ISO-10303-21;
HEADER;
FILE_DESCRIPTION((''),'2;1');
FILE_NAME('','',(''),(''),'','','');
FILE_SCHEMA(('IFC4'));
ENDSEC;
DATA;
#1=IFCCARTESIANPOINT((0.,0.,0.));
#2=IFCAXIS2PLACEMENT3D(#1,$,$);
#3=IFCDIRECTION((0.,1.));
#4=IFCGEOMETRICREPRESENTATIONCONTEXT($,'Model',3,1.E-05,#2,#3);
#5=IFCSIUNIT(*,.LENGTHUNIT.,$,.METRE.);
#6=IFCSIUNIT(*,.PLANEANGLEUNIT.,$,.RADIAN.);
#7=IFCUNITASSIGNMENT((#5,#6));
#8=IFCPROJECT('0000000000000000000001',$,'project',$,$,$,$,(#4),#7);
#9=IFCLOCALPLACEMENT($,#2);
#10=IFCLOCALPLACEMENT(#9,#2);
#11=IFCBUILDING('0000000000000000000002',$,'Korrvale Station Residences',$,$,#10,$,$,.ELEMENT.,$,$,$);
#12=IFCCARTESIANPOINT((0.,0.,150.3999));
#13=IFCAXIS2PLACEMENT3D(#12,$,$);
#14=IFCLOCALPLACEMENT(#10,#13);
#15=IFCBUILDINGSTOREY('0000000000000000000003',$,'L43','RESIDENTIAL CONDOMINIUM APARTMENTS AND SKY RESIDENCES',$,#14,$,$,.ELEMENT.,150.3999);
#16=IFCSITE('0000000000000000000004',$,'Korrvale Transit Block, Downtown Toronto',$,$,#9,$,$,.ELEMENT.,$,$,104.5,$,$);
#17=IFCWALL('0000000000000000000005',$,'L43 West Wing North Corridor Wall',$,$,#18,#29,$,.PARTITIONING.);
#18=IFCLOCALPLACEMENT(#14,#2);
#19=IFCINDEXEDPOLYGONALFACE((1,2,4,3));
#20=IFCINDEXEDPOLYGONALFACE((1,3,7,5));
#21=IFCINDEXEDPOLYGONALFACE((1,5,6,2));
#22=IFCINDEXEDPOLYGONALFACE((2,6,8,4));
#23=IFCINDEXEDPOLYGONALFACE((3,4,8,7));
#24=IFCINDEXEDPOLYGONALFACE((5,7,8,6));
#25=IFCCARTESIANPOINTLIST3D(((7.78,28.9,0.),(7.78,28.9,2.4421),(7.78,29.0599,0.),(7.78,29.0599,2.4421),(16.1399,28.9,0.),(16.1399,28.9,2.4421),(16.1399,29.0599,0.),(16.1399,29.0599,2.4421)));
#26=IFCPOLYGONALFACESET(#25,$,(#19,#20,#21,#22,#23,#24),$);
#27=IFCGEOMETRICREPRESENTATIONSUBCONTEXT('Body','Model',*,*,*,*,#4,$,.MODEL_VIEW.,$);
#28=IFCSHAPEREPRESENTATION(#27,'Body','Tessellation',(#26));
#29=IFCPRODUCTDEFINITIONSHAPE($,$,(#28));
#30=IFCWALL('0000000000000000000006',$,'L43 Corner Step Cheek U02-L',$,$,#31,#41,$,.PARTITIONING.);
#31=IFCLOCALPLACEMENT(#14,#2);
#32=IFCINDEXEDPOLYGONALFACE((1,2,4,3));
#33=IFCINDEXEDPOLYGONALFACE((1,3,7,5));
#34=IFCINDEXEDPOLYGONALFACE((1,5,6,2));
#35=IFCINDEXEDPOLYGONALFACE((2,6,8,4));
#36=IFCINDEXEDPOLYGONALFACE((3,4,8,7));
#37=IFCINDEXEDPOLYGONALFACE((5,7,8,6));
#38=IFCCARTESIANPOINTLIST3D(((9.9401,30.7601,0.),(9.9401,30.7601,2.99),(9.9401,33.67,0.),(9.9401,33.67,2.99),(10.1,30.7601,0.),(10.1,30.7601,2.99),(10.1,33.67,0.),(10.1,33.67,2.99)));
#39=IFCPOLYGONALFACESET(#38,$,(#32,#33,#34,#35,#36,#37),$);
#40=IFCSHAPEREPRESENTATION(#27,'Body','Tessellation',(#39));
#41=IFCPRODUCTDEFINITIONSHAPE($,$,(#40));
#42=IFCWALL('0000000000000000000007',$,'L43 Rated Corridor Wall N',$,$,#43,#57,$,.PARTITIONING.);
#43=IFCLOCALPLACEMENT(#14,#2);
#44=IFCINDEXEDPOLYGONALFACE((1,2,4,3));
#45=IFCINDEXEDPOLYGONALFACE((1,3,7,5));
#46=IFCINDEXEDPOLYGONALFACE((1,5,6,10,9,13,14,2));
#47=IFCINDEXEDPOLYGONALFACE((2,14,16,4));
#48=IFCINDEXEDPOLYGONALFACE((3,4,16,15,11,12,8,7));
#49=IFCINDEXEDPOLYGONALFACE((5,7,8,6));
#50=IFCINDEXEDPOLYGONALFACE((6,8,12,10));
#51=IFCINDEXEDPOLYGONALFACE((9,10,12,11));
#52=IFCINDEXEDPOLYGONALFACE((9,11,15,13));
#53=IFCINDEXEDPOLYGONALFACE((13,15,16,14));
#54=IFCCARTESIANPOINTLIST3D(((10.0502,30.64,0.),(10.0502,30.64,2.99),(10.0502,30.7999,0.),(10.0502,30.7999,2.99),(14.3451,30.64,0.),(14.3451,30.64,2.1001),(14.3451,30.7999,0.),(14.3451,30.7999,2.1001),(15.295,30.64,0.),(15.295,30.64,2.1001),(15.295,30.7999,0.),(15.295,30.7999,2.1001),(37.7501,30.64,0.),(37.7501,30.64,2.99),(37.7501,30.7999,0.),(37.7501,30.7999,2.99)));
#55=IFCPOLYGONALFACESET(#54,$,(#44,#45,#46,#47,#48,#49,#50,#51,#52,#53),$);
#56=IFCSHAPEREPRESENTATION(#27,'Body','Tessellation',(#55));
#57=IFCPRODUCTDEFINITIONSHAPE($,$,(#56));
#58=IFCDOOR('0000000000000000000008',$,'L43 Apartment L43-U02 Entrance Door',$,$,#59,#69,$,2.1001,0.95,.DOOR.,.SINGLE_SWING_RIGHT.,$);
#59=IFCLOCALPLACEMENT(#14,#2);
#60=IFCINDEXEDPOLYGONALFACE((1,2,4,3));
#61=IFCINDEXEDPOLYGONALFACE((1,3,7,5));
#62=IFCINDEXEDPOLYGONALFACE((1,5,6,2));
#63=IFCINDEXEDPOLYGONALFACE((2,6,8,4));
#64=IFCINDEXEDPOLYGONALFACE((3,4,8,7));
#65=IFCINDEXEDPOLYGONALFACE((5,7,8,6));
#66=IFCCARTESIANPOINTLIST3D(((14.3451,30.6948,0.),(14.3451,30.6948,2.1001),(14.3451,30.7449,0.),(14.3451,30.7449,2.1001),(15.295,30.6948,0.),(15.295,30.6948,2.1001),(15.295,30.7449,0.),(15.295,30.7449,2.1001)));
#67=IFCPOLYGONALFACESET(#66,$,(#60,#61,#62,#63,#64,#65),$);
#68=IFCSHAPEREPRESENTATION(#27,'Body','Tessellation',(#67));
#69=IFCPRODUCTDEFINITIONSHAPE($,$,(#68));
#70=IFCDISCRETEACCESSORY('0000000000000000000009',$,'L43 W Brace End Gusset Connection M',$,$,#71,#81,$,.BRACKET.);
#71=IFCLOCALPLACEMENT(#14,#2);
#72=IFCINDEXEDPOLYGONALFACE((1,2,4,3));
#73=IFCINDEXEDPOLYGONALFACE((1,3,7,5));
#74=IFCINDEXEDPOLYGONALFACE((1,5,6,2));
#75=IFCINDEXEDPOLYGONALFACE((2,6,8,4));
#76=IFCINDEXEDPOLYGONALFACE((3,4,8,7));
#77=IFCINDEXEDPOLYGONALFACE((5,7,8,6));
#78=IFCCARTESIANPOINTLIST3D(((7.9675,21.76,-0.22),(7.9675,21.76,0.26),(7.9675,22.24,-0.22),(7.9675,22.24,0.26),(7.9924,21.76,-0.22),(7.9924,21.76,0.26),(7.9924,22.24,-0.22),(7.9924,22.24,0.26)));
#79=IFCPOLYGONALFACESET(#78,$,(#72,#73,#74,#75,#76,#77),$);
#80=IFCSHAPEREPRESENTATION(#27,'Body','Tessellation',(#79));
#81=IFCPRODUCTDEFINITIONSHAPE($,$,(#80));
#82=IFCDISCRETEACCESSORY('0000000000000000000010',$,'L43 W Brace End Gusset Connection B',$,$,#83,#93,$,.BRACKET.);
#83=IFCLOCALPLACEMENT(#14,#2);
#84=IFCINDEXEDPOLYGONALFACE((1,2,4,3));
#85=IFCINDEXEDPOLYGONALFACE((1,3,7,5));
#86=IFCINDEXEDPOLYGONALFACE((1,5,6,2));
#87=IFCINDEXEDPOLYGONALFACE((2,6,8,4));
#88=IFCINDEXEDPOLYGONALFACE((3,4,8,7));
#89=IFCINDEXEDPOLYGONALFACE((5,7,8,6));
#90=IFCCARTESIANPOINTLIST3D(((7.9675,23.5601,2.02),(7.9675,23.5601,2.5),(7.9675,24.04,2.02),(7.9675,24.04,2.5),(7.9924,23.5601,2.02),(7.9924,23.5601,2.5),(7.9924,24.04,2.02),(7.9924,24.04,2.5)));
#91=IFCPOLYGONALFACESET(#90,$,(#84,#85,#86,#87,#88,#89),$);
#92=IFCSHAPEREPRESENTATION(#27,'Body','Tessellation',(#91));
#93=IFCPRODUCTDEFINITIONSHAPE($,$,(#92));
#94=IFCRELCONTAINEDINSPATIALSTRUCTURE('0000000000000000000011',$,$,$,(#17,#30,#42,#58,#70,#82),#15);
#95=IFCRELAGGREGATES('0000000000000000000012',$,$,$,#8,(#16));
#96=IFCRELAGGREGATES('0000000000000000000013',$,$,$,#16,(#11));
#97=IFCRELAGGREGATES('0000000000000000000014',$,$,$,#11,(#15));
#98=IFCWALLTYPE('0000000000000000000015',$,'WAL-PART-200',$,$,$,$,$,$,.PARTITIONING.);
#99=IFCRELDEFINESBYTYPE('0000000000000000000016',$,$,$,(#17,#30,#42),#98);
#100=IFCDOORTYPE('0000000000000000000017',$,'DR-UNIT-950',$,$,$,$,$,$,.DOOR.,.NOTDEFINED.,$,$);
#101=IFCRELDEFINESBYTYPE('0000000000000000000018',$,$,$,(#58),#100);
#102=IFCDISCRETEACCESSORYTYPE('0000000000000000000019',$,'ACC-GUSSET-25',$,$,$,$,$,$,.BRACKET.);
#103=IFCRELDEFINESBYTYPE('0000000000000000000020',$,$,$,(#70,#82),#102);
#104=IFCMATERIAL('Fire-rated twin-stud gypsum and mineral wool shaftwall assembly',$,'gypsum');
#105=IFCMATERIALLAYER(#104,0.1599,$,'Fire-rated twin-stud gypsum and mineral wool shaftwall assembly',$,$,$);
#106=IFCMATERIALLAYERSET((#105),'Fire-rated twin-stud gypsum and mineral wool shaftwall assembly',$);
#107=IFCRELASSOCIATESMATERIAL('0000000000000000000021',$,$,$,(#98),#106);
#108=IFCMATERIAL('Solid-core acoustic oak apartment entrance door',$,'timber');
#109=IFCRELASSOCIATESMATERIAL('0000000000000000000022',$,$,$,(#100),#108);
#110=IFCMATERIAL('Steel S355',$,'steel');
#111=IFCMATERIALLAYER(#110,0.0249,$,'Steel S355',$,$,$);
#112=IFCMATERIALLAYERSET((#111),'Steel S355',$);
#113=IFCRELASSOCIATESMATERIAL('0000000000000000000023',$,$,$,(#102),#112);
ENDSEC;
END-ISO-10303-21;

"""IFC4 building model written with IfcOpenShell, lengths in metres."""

from ifc_helpers import new_model, si_unit, direction, frame, frame_2d, origin, origin_2d, place, context, subcontext, project, spatial, rectangle, extrude, material, layer, layer_set, type_object, element, fill, save


model = new_model("IFC4")

# Units and contexts
model_context = context("Model", 3, precision=1e-05, world=origin(), true_north=direction((0.0, 1.0)))
body_context = subcontext(model_context, "Body", "Model", "MODEL_VIEW")
ifc_project = project(units=[si_unit("LENGTHUNIT", "METRE"), si_unit("PLANEANGLEUNIT", "RADIAN")], contexts=[model_context])

# Site, building, storey
site_placement = place(None, origin())
site = spatial("IfcSite", under=ifc_project, at=site_placement, Name="Korrvale Transit Block, Downtown Toronto", CompositionType="ELEMENT", RefElevation=104.5)
building_placement = place(site_placement, origin())
building = spatial("IfcBuilding", under=site, at=building_placement, Name="Korrvale Station Residences", CompositionType="ELEMENT")
storey_placement = place(building_placement, frame((0.0, 0.0, 150.3999)))
storey = spatial("IfcBuildingStorey", under=building, at=storey_placement, Name="L43", Description="RESIDENTIAL CONDOMINIUM APARTMENTS AND SKY RESIDENCES", CompositionType="ELEMENT", Elevation=150.3999)

# Shared definitions
ifc_material_1 = material(Name="Steel S355", Category="steel")

# Walls
ifc_material_2 = material(Name="Fire-rated twin-stud gypsum and mineral wool shaftwall assembly", Category="gypsum")
ifc_layer_1 = layer(ifc_material_2, 0.1599, Name="Fire-rated twin-stud gypsum and mineral wool shaftwall assembly")
ifc_layer_set_1 = layer_set([ifc_layer_1], Name="Fire-rated twin-stud gypsum and mineral wool shaftwall assembly")
wall_type_1 = type_object("IfcWallType", Name="WAL-PART-200", PredefinedType="PARTITIONING", material=ifc_layer_set_1)
wall_1_placement = place(storey_placement, frame((7.78, 28.98, 0.0), z_axis=(0.0, 0.0, 1.0), x_axis=(1.0, 0.0, 0.0)))
element("IfcWall", 1, at=wall_1_placement, inside=storey, type_object=wall_type_1, Name="L43 West Wing North Corridor Wall", PredefinedType="PARTITIONING", context=body_context, shape_type="SweptSolid", body=[
    extrude(rectangle(XDim=8.3599, YDim=0.1599, at=frame_2d((4.1799, 0.0))), origin(), (0.0, 0.0, 1.0), 2.4421),
])
wall_2_placement = place(storey_placement, frame((10.02, 30.76, 0.0), z_axis=(0.0, 0.0, 1.0), x_axis=(0.0, 1.0, 0.0)))
element("IfcWall", 2, at=wall_2_placement, inside=storey, type_object=wall_type_1, Name="L43 Corner Step Cheek U02-L", PredefinedType="PARTITIONING", context=body_context, shape_type="SweptSolid", body=[
    extrude(rectangle(XDim=2.9099, YDim=0.1599, at=frame_2d((1.4551, 0.0))), origin(), (0.0, 0.0, 1.0), 2.99),
])

# Wall, opening, door
wall_3_placement = place(storey_placement, frame((10.05, 30.72, 0.0), z_axis=(0.0, 0.0, 1.0), x_axis=(1.0, 0.0, 0.0)))
wall_3 = element("IfcWall", 3, at=wall_3_placement, inside=storey, type_object=wall_type_1, Name="L43 Rated Corridor Wall N", PredefinedType="PARTITIONING", context=body_context, shape_type="SweptSolid", body=[
    extrude(rectangle(XDim=27.7, YDim=0.1599, at=frame_2d((13.8501, 0.0))), origin(), (0.0, 0.0, 1.0), 2.99),
])
opening_1_placement = place(wall_3_placement, frame((4.2949, 0.0, 0.0)))
opening_1 = element("IfcOpeningElement", 4, at=opening_1_placement, cuts=wall_3, PredefinedType="OPENING", context=body_context, shape_type="SweptSolid", body=[
    extrude(rectangle(XDim=0.95, YDim=2.1001, at=frame_2d((0.4751, 1.05))), frame((0.0, 0.0898, 0.0), z_axis=(0.0, -1.0, 0.0), x_axis=(1.0, 0.0, 0.0)), (0.0, 0.0, 1.0), 0.1799),
])
ifc_material_3 = material(Name="Solid-core acoustic oak apartment entrance door", Category="timber")
door_type_1 = type_object("IfcDoorType", Name="DR-UNIT-950", OperationType="NOTDEFINED", PredefinedType="DOOR", material=ifc_material_3)
door_1_placement = place(opening_1_placement, origin())
door_1 = element("IfcDoor", 5, at=door_1_placement, inside=storey, type_object=door_type_1, Name="L43 Apartment L43-U02 Entrance Door", OperationType="SINGLE_SWING_RIGHT", OverallHeight=2.1001, OverallWidth=0.95, PredefinedType="DOOR", context=body_context, shape_type="SweptSolid", body=[
    extrude(rectangle(XDim=0.95, YDim=2.1001, at=frame_2d((0.4751, 1.05))), frame((0.0, 0.0249, 0.0), z_axis=(0.0, -1.0, 0.0), x_axis=(1.0, 0.0, 0.0)), (0.0, 0.0, 1.0), 0.05),
])
fill(opening_1, door_1)

# Discrete accessories
ifc_layer_2 = layer(ifc_material_1, 0.0249, Name="Steel S355")
ifc_layer_set_2 = layer_set([ifc_layer_2], Name="Steel S355")
discrete_accessory_type = type_object("IfcDiscreteAccessoryType", Name="ACC-GUSSET-25", PredefinedType="BRACKET", material=ifc_layer_set_2)
for number, where, z_axis, x_axis, name in (
    (6, (7.98, 22.0, -0.22), (0.0, 0.0, 1.0), (0.0, 1.0, 0.0), "L43 W Brace End Gusset Connection M"),
    (7, (7.98, 23.8, 2.02), (0.0, 0.0, 1.0), (0.0, 1.0, 0.0), "L43 W Brace End Gusset Connection B"),
):
    element("IfcDiscreteAccessory", number, at=place(storey_placement, frame(where, z_axis=z_axis, x_axis=x_axis)), inside=storey, type_object=discrete_accessory_type, Name=name, PredefinedType="BRACKET", context=body_context, shape_type="SweptSolid", body=[
        extrude(rectangle(XDim=0.48, YDim=0.0249, at=origin_2d()), origin(), (0.0, 0.0, 1.0), 0.48),
    ])

save(model, "model.ifc")
